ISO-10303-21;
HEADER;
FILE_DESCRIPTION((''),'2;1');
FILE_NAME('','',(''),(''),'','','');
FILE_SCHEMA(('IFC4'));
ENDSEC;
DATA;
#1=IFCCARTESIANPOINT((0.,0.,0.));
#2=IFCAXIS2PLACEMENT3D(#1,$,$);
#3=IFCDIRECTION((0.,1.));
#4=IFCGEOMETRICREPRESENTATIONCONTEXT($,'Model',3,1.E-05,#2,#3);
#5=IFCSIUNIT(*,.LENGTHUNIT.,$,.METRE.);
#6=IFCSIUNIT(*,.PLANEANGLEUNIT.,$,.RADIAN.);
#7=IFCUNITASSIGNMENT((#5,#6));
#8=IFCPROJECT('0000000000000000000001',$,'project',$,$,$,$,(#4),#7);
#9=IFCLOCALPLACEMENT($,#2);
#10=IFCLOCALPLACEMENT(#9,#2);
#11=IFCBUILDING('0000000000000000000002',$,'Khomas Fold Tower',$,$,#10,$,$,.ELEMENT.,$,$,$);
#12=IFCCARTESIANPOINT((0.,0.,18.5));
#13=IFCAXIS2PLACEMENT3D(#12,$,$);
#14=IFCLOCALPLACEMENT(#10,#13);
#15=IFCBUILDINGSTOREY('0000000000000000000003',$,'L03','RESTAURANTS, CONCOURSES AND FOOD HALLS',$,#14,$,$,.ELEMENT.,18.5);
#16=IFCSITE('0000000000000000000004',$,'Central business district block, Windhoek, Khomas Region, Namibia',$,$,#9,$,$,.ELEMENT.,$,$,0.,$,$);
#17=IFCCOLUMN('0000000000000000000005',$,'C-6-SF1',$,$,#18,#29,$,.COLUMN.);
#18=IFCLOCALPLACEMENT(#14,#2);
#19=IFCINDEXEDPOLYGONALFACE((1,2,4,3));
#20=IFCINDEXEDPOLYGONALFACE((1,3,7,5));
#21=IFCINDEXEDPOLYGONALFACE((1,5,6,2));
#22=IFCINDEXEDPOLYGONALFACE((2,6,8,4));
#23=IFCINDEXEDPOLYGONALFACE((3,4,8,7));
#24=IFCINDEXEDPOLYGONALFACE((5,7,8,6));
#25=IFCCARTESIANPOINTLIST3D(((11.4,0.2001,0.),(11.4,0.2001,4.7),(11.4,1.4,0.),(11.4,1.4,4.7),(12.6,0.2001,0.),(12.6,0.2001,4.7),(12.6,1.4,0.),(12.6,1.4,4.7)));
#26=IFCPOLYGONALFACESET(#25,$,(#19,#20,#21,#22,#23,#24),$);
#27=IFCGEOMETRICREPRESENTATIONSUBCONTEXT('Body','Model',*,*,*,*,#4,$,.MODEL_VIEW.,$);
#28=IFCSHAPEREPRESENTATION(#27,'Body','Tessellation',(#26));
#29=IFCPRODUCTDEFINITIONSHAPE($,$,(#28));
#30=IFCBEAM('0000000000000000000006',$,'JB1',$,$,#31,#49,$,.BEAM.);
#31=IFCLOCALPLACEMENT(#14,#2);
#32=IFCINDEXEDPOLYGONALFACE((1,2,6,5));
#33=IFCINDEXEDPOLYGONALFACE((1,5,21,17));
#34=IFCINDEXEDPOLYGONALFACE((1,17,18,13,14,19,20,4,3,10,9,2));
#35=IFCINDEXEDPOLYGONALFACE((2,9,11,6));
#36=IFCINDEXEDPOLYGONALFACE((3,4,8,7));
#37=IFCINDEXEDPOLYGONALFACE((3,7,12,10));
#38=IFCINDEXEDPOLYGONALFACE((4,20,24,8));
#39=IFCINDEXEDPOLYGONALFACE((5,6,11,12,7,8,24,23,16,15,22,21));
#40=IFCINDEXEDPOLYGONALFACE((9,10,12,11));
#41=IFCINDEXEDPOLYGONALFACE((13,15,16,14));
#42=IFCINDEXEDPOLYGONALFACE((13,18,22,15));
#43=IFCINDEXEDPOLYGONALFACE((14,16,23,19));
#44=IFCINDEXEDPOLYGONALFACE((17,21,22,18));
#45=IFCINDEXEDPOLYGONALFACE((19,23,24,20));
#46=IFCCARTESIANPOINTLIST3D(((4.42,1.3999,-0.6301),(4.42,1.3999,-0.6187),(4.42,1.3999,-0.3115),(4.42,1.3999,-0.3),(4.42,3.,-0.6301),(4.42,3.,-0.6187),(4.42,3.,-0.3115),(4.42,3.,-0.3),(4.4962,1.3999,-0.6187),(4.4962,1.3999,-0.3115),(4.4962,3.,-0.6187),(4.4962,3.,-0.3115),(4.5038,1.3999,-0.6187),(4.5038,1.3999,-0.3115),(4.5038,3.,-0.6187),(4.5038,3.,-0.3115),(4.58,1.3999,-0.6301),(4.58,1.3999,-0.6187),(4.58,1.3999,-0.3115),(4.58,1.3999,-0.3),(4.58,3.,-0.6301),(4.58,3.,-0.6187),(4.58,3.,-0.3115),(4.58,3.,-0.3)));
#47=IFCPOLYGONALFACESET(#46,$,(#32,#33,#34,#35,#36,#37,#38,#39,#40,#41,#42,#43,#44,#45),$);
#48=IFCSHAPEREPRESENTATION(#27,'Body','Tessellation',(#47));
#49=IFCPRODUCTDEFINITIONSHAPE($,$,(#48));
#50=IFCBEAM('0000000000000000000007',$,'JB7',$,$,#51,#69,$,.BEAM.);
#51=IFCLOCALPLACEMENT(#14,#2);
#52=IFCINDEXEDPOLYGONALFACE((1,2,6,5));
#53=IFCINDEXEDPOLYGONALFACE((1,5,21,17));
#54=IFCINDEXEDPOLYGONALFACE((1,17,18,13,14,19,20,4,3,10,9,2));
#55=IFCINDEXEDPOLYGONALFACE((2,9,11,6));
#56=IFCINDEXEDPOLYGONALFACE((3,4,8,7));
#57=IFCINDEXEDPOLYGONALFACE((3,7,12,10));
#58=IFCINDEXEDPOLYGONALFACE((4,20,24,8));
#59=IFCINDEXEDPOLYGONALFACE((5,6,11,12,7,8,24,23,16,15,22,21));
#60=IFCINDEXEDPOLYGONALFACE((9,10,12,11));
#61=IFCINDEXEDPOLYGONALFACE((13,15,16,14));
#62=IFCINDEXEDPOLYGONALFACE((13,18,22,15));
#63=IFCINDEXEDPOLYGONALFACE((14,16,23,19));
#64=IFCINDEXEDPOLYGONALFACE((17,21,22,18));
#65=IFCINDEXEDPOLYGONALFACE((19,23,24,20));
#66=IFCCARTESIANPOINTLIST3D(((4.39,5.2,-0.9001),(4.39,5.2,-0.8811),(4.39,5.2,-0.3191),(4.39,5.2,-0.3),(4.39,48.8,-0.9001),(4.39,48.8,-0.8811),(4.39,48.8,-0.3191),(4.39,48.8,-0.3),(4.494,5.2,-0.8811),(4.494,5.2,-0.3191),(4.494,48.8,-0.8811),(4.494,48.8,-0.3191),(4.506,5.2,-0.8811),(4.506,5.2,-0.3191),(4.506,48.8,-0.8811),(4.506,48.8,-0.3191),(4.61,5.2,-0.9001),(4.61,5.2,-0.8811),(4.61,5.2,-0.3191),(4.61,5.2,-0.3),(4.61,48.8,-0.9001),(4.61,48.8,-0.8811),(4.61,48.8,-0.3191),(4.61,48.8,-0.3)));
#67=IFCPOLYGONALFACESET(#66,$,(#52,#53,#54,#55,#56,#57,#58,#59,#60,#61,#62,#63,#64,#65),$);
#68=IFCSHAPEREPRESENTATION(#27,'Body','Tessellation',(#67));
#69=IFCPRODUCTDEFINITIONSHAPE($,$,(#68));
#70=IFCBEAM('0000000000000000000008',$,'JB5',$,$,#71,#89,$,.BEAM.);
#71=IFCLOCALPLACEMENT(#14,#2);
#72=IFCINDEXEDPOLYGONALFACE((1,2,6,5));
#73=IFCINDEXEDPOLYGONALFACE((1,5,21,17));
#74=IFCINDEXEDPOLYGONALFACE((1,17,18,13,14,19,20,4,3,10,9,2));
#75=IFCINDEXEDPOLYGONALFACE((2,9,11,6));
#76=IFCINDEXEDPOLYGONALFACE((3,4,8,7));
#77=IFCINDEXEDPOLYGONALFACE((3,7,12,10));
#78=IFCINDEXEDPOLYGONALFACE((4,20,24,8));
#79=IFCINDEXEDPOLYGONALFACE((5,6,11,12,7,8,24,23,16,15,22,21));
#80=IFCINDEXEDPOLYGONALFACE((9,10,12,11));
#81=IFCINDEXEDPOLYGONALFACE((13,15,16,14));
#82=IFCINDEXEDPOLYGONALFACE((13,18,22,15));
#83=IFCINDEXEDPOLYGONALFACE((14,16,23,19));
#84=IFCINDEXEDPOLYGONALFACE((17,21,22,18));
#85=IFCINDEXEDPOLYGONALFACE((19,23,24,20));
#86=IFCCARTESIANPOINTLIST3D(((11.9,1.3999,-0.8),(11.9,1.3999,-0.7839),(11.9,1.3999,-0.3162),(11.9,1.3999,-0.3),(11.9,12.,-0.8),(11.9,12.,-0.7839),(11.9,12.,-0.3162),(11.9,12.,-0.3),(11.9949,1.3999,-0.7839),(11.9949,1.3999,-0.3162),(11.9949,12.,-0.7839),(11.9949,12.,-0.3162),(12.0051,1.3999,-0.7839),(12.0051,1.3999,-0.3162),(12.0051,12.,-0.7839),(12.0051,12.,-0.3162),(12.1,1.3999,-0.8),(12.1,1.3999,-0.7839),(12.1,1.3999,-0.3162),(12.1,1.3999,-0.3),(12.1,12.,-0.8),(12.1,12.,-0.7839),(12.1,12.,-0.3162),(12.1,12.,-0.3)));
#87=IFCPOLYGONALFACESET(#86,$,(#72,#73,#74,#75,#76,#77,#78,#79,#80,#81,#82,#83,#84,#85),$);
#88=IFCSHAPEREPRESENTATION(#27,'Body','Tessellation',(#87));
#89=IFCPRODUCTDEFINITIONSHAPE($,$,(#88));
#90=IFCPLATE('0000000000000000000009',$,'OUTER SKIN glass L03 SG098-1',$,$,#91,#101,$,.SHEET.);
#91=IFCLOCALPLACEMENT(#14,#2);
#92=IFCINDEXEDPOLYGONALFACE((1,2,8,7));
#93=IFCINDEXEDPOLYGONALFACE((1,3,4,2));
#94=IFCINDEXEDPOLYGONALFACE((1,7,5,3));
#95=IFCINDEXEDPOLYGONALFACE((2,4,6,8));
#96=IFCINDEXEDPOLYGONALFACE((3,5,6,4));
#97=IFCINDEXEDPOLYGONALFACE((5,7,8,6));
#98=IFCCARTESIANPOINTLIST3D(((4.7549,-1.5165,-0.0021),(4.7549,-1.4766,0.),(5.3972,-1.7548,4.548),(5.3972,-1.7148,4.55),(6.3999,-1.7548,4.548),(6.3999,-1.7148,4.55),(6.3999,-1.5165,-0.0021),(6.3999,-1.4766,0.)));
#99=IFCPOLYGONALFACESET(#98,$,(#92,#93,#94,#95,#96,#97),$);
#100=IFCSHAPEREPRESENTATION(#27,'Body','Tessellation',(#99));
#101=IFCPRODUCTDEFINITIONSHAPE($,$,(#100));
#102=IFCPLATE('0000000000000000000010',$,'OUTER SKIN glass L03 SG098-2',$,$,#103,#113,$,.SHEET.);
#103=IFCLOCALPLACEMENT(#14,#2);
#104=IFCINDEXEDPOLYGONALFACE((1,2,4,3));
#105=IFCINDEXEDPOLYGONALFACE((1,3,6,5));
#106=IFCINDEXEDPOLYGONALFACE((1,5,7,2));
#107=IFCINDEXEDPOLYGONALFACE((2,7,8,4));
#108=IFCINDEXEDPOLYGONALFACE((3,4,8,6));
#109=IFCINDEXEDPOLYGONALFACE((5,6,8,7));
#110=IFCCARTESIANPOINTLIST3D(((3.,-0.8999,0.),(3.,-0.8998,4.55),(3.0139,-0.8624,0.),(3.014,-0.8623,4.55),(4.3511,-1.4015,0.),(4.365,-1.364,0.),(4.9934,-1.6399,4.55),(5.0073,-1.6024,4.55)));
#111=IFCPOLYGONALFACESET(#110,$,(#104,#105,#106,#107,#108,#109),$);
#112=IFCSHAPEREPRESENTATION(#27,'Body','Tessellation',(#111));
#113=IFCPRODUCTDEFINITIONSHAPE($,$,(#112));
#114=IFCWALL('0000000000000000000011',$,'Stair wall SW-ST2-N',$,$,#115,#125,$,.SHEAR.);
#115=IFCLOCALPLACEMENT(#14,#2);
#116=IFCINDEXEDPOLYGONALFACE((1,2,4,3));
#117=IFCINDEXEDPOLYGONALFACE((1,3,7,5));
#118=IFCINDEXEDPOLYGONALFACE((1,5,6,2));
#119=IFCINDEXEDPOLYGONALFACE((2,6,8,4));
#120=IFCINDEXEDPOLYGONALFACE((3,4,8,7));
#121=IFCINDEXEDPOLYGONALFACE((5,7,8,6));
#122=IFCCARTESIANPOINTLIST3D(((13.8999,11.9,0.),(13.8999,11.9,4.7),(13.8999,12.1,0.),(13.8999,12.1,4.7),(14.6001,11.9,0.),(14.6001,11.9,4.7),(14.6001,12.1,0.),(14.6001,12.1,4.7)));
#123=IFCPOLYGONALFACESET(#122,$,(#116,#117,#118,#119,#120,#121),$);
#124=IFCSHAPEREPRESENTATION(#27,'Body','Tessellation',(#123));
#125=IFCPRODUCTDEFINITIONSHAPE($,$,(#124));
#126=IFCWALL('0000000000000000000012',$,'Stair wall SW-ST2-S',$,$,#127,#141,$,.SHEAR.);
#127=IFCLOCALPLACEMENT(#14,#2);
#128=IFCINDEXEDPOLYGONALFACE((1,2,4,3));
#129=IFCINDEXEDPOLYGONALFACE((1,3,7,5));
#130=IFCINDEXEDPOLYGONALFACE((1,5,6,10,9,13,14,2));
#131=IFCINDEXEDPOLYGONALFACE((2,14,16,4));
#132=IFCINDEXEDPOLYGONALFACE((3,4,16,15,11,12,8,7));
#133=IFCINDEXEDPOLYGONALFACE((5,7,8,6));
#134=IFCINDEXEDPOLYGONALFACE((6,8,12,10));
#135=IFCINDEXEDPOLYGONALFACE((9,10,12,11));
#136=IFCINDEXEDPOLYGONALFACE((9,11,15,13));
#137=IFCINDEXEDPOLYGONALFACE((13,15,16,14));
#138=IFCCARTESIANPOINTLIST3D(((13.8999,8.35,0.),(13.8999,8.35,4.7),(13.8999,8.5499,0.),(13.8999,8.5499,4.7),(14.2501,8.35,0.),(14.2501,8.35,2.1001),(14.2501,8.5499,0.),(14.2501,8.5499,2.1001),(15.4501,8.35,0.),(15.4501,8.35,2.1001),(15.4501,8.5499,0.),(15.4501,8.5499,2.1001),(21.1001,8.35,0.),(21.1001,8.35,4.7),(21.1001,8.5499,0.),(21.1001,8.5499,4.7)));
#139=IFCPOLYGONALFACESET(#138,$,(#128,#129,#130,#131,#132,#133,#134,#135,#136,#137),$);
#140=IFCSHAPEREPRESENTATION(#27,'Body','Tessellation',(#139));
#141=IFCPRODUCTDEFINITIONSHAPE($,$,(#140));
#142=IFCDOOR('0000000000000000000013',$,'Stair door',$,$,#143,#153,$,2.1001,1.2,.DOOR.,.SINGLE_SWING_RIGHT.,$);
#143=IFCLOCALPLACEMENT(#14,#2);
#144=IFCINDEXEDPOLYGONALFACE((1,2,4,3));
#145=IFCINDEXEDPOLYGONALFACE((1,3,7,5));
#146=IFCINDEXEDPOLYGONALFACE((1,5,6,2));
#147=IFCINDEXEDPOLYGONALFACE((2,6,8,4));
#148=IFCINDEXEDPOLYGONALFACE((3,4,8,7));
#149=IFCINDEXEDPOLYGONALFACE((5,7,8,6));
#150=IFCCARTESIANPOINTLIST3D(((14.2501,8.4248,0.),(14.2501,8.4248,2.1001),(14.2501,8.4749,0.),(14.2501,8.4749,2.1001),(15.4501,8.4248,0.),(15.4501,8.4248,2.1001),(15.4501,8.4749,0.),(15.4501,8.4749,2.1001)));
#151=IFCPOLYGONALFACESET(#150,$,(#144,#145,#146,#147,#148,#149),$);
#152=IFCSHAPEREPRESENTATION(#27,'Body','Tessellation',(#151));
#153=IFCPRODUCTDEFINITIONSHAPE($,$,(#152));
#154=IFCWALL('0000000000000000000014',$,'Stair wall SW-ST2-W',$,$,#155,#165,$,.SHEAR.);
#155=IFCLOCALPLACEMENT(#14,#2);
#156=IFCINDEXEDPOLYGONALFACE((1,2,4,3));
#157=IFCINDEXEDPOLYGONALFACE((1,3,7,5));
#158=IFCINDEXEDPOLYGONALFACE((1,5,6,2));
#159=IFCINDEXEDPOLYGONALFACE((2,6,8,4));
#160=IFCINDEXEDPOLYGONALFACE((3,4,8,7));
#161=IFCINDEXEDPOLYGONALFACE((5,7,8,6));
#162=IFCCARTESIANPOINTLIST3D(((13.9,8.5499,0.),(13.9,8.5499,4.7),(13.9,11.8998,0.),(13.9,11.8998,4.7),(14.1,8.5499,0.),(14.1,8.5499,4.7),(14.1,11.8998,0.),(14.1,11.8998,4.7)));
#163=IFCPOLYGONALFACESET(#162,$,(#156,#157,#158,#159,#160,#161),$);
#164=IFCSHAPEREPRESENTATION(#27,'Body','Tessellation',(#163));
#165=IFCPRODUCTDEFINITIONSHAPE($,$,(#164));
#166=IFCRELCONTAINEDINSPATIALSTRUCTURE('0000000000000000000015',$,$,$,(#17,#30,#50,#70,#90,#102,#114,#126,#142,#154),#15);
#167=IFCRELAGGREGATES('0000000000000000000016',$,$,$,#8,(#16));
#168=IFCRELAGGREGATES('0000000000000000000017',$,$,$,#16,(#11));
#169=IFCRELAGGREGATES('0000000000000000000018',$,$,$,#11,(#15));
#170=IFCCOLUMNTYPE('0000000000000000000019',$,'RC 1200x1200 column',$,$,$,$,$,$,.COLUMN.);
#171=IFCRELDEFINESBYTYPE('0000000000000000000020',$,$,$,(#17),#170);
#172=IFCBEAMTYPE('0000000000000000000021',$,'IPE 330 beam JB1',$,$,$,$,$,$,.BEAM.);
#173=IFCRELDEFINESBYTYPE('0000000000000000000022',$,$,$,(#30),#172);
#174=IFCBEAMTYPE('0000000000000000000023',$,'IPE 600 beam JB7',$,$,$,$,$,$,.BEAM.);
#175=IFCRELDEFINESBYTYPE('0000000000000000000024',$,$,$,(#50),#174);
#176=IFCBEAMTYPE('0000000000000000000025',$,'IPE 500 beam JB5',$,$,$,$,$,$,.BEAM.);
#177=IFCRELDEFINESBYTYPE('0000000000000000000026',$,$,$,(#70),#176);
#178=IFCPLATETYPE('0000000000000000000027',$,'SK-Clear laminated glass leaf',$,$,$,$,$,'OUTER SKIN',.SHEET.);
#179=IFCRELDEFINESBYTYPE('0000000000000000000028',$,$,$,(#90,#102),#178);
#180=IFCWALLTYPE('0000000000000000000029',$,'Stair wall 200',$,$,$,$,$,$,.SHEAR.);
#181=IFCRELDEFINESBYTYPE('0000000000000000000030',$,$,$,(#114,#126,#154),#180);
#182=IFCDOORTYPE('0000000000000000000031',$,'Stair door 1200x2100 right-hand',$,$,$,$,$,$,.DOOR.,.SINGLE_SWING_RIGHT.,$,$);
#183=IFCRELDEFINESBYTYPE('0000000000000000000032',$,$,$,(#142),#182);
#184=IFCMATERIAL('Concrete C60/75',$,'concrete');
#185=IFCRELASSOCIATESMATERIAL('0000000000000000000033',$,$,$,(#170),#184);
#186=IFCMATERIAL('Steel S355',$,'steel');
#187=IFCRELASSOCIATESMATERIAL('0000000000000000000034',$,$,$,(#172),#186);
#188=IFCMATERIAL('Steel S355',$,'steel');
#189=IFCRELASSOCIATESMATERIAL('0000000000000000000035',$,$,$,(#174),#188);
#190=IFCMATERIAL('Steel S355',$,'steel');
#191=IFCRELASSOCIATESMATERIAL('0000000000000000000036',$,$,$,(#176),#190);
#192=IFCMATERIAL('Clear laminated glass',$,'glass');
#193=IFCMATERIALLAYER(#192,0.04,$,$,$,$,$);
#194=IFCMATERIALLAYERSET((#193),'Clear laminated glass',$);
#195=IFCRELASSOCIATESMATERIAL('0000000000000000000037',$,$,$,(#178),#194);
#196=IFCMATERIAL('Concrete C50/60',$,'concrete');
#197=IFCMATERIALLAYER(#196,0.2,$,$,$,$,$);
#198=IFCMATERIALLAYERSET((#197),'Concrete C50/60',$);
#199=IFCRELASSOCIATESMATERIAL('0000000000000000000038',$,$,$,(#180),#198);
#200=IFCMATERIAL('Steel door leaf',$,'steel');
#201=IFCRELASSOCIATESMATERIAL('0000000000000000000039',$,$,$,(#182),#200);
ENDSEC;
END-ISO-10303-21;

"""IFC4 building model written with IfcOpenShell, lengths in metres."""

from ifc_helpers import new_model, si_unit, direction, frame, frame_2d, origin, origin_2d, place, context, subcontext, project, spatial, polyline, rectangle, i_section, outline, extrude, source, transform, mapped, material, layer, layer_set, material_profile, profile_set, type_object, element, fill, save


model = new_model("IFC4")

# Units and contexts
model_context = context("Model", 3, precision=1e-05, world=origin(), true_north=direction((0.0, 1.0)))
body_context = subcontext(model_context, "Body", "Model", "MODEL_VIEW")
ifc_project = project(units=[si_unit("LENGTHUNIT", "METRE"), si_unit("PLANEANGLEUNIT", "RADIAN")], contexts=[model_context])

# Site, building, storey
site_placement = place(None, origin())
site = spatial("IfcSite", under=ifc_project, at=site_placement, Name="Central business district block, Windhoek, Khomas Region, Namibia", CompositionType="ELEMENT", RefElevation=0.0)
building_placement = place(site_placement, origin())
building = spatial("IfcBuilding", under=site, at=building_placement, Name="Khomas Fold Tower", CompositionType="ELEMENT")
storey_placement = place(building_placement, frame((0.0, 0.0, 18.5)))
storey = spatial("IfcBuildingStorey", under=building, at=storey_placement, Name="L03", Description="RESTAURANTS, CONCOURSES AND FOOD HALLS", CompositionType="ELEMENT", Elevation=18.5)

# Column
ifc_material_1 = material(Name="Concrete C60/75", Category="concrete")
ifc_material_profile_1 = material_profile(ifc_material_1, rectangle(XDim=1.2, YDim=1.2, at=origin_2d()), Name="RC 1200x1200")
ifc_profile_set_1 = profile_set([ifc_material_profile_1], Name="Concrete C60/75")
column_type = type_object("IfcColumnType", Name="RC 1200x1200 column", PredefinedType="COLUMN", material=ifc_profile_set_1)
shared_shape_1 = source(origin(), body_context, "Body", "SweptSolid", [
    extrude(rectangle(XDim=1.2, YDim=1.2, at=origin_2d()), origin(), (0.0, 0.0, 1.0), 4.7),
])
column_placement = place(storey_placement, frame((12.0, 0.8, 0.0), z_axis=(0.0, 0.0, 1.0), x_axis=(1.0, 0.0, 0.0)))
element("IfcColumn", 1, at=column_placement, inside=storey, type_object=column_type, Name="C-6-SF1", PredefinedType="COLUMN", context=body_context, shape_type="MappedRepresentation", body=[
    mapped(shared_shape_1, transform((0.0, 0.0, 0.0))),
])

# Beams
ifc_material_2 = material(Name="Steel S355", Category="steel")
ifc_material_profile_2 = material_profile(ifc_material_2, i_section(OverallWidth=0.1599, OverallDepth=0.3301, WebThickness=0.0076, FlangeThickness=0.0115, at=origin_2d()), Name="IPE 330")
ifc_profile_set_2 = profile_set([ifc_material_profile_2], Name="Steel S355")
beam_type_1 = type_object("IfcBeamType", Name="IPE 330 beam JB1", PredefinedType="BEAM", material=ifc_profile_set_2)
shared_shape_2 = source(origin(), body_context, "Body", "SweptSolid", [
    extrude(i_section(OverallWidth=0.1599, OverallDepth=0.3301, WebThickness=0.0076, FlangeThickness=0.0115, at=origin_2d()), origin(), (0.0, 0.0, 1.0), 1.6001),
])
beam_1_placement = place(storey_placement, frame((4.5, 1.3999, -0.4651), z_axis=(0.0, 1.0, 0.0), x_axis=(-1.0, 0.0, 0.0)))
element("IfcBeam", 2, at=beam_1_placement, inside=storey, type_object=beam_type_1, Name="JB1", PredefinedType="BEAM", context=body_context, shape_type="MappedRepresentation", body=[
    mapped(shared_shape_2, transform((0.0, 0.0, 0.0))),
])
ifc_material_3 = material(Name="Steel S355", Category="steel")
ifc_material_profile_3 = material_profile(ifc_material_3, i_section(OverallWidth=0.22, OverallDepth=0.6001, WebThickness=0.012, FlangeThickness=0.019, at=origin_2d()), Name="IPE 600")
ifc_profile_set_3 = profile_set([ifc_material_profile_3], Name="Steel S355")
beam_type_2 = type_object("IfcBeamType", Name="IPE 600 beam JB7", PredefinedType="BEAM", material=ifc_profile_set_3)
shared_shape_3 = source(origin(), body_context, "Body", "SweptSolid", [
    extrude(i_section(OverallWidth=0.22, OverallDepth=0.6001, WebThickness=0.012, FlangeThickness=0.019, at=origin_2d()), origin(), (0.0, 0.0, 1.0), 43.6001),
])
beam_2_placement = place(storey_placement, frame((4.5, 5.2, -0.6001), z_axis=(0.0, 1.0, 0.0), x_axis=(-1.0, 0.0, 0.0)))
element("IfcBeam", 3, at=beam_2_placement, inside=storey, type_object=beam_type_2, Name="JB7", PredefinedType="BEAM", context=body_context, shape_type="MappedRepresentation", body=[
    mapped(shared_shape_3, transform((0.0, 0.0, 0.0))),
])
ifc_material_4 = material(Name="Steel S355", Category="steel")
ifc_material_profile_4 = material_profile(ifc_material_4, i_section(OverallWidth=0.2, OverallDepth=0.5, WebThickness=0.0103, FlangeThickness=0.0161, at=origin_2d()), Name="IPE 500")
ifc_profile_set_4 = profile_set([ifc_material_profile_4], Name="Steel S355")
beam_type_3 = type_object("IfcBeamType", Name="IPE 500 beam JB5", PredefinedType="BEAM", material=ifc_profile_set_4)
shared_shape_4 = source(origin(), body_context, "Body", "SweptSolid", [
    extrude(i_section(OverallWidth=0.2, OverallDepth=0.5, WebThickness=0.0103, FlangeThickness=0.0161, at=origin_2d()), origin(), (0.0, 0.0, 1.0), 10.6001),
])
beam_3_placement = place(storey_placement, frame((12.0, 1.3999, -0.55), z_axis=(0.0, 1.0, 0.0), x_axis=(-1.0, 0.0, 0.0)))
element("IfcBeam", 4, at=beam_3_placement, inside=storey, type_object=beam_type_3, Name="JB5", PredefinedType="BEAM", context=body_context, shape_type="MappedRepresentation", body=[
    mapped(shared_shape_4, transform((0.0, 0.0, 0.0))),
])

# Plates
ifc_material_5 = material(Name="Clear laminated glass", Category="glass")
ifc_layer_1 = layer(ifc_material_5, 0.04)
ifc_layer_set_1 = layer_set([ifc_layer_1], Name="Clear laminated glass")
plate_type = type_object("IfcPlateType", Name="SK-Clear laminated glass leaf", ElementType="OUTER SKIN", PredefinedType="SHEET", material=ifc_layer_set_1)
plate_1_placement = place(storey_placement, frame((6.3999, -1.4766, 0.0), z_axis=(0.0, 0.998632, 0.052297), x_axis=(-1.0, 0.0, 0.0)))
element("IfcPlate", 5, at=plate_1_placement, inside=storey, type_object=plate_type, Name="OUTER SKIN glass L03 SG098-1", PredefinedType="SHEET", context=body_context, shape_type="SweptSolid", body=[
    extrude(outline(polyline([(0.0, 0.0), (1.645, 0.0), (1.0027, 4.5563), (0.0, 4.5563), (0.0, 0.0)])), origin(), (0.0, 0.0, -1.0), 0.04),
])
plate_2_placement = place(storey_placement, frame((4.9934, -1.6399, 4.55), z_axis=(-0.348054, -0.937474, 0.00002), x_axis=(-0.13959, 0.051804, -0.988853)))
element("IfcPlate", 6, at=plate_2_placement, inside=storey, type_object=plate_type, Name="OUTER SKIN glass L03 SG098-2", PredefinedType="SHEET", context=body_context, shape_type="SweptSolid", body=[
    extrude(outline(polyline([(0.0, 0.0), (4.6013, 0.0), (4.8159, -1.4252), (0.3166, -2.1026), (0.0, 0.0)])), origin(), (0.0, 0.0, -1.0), 0.04),
])

# Wall
ifc_material_6 = material(Name="Concrete C50/60", Category="concrete")
ifc_layer_2 = layer(ifc_material_6, 0.2)
ifc_layer_set_2 = layer_set([ifc_layer_2], Name="Concrete C50/60")
wall_type_1 = type_object("IfcWallType", Name="Stair wall 200", PredefinedType="SHEAR", material=ifc_layer_set_2)
shared_shape_5 = source(origin(), body_context, "Body", "SweptSolid", [
    extrude(rectangle(XDim=0.7002, YDim=0.2, at=frame_2d((0.3501, 0.0))), origin(), (0.0, 0.0, 1.0), 4.7),
])
wall_1_placement = place(storey_placement, frame((13.8999, 12.0, 0.0), z_axis=(0.0, 0.0, 1.0), x_axis=(1.0, 0.0, 0.0)))
element("IfcWall", 7, at=wall_1_placement, inside=storey, type_object=wall_type_1, Name="Stair wall SW-ST2-N", PredefinedType="SHEAR", context=body_context, shape_type="MappedRepresentation", body=[
    mapped(shared_shape_5, transform((0.0, 0.0, 0.0))),
])

# Wall, opening, door
shared_shape_6 = source(origin(), body_context, "Body", "SweptSolid", [
    extrude(rectangle(XDim=7.2002, YDim=0.2, at=frame_2d((3.6001, 0.0))), origin(), (0.0, 0.0, 1.0), 4.7),
])
wall_2_placement = place(storey_placement, frame((13.8999, 8.45, 0.0), z_axis=(0.0, 0.0, 1.0), x_axis=(1.0, 0.0, 0.0)))
wall_2 = element("IfcWall", 8, at=wall_2_placement, inside=storey, type_object=wall_type_1, Name="Stair wall SW-ST2-S", PredefinedType="SHEAR", context=body_context, shape_type="MappedRepresentation", body=[
    mapped(shared_shape_6, transform((0.0, 0.0, 0.0))),
])
shared_shape_7 = source(origin(), body_context, "Body", "SweptSolid", [
    extrude(rectangle(XDim=1.2, YDim=2.1001, at=frame_2d((0.6001, 1.05))), frame((0.0, 0.1099, 0.0), z_axis=(0.0, -1.0, 0.0), x_axis=(1.0, 0.0, 0.0)), (0.0, 0.0, 1.0), 0.22),
])
opening_1_placement = place(wall_2_placement, frame((0.3501, 0.0, 0.0)))
opening_1 = element("IfcOpeningElement", 9, at=opening_1_placement, cuts=wall_2, PredefinedType="OPENING", context=body_context, shape_type="MappedRepresentation", body=[
    mapped(shared_shape_7, transform((0.0, 0.0, 0.0))),
])
ifc_material_7 = material(Name="Steel door leaf", Category="steel")
door_type_1 = type_object("IfcDoorType", Name="Stair door 1200x2100 right-hand", OperationType="SINGLE_SWING_RIGHT", PredefinedType="DOOR", material=ifc_material_7)
shared_shape_8 = source(origin(), body_context, "Body", "SweptSolid", [
    extrude(rectangle(XDim=1.2, YDim=2.1001, at=frame_2d((0.6001, 1.05))), frame((0.0, 0.0249, 0.0), z_axis=(0.0, -1.0, 0.0), x_axis=(1.0, 0.0, 0.0)), (0.0, 0.0, 1.0), 0.05),
])
door_1_placement = place(opening_1_placement, origin())
door_1 = element("IfcDoor", 10, at=door_1_placement, inside=storey, type_object=door_type_1, Name="Stair door", OperationType="SINGLE_SWING_RIGHT", OverallHeight=2.1001, OverallWidth=1.2, PredefinedType="DOOR", context=body_context, shape_type="MappedRepresentation", body=[
    mapped(shared_shape_8, transform((0.0, 0.0, 0.0))),
])
fill(opening_1, door_1)

# Wall
shared_shape_9 = source(origin(), body_context, "Body", "SweptSolid", [
    extrude(rectangle(XDim=3.3499, YDim=0.2, at=frame_2d((1.6748, 0.0))), origin(), (0.0, 0.0, 1.0), 4.7),
])
wall_3_placement = place(storey_placement, frame((14.0, 8.55, 0.0), z_axis=(0.0, 0.0, 1.0), x_axis=(0.0, 1.0, 0.0)))
element("IfcWall", 11, at=wall_3_placement, inside=storey, type_object=wall_type_1, Name="Stair wall SW-ST2-W", PredefinedType="SHEAR", context=body_context, shape_type="MappedRepresentation", body=[
    mapped(shared_shape_9, transform((0.0, 0.0, 0.0))),
])

save(model, "model.ifc")
